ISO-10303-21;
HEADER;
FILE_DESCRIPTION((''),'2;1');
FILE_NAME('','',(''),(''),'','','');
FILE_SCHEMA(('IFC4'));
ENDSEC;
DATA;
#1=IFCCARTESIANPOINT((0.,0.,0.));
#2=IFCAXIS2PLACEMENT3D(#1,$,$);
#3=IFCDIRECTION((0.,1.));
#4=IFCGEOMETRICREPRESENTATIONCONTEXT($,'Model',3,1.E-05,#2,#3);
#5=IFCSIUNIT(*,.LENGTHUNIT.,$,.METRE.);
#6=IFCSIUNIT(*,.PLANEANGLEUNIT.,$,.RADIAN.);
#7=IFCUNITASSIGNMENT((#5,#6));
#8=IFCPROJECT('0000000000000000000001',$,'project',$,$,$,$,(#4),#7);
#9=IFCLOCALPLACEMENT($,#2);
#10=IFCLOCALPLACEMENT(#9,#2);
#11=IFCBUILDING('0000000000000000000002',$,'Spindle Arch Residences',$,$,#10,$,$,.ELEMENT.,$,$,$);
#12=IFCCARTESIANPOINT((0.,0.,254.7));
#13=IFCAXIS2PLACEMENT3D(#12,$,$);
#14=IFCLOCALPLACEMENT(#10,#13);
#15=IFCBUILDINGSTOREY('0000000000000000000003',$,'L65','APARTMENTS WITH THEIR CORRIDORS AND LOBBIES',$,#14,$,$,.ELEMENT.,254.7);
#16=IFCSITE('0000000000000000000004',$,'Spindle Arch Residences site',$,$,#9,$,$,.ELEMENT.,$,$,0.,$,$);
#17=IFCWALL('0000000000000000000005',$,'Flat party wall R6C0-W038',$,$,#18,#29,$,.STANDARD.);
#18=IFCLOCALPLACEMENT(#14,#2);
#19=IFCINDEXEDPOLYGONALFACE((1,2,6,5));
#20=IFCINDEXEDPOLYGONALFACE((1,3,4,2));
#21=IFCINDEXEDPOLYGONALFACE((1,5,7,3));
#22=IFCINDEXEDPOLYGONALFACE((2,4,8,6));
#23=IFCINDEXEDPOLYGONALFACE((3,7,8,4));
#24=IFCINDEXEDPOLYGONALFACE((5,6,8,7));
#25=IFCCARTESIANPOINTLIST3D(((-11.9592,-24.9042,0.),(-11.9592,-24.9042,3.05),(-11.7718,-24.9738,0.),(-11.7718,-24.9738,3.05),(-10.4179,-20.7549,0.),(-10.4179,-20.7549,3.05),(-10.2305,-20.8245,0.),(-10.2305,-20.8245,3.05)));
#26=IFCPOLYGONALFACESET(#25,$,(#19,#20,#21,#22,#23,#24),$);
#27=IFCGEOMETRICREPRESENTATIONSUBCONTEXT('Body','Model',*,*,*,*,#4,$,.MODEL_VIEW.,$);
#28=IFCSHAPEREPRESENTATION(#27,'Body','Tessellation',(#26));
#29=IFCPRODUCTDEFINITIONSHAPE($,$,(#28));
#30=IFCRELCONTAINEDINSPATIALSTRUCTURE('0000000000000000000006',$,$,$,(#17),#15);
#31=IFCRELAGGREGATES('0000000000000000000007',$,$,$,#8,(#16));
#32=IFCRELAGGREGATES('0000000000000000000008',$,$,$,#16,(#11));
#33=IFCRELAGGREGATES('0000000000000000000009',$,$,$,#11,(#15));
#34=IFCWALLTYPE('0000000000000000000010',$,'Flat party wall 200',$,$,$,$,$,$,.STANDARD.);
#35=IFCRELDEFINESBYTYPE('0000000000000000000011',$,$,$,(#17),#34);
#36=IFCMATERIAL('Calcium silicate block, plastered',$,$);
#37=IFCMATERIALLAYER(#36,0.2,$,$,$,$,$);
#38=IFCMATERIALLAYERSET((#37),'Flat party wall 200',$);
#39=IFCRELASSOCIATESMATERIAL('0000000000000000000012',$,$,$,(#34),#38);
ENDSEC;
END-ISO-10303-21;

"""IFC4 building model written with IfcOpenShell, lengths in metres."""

from ifc_helpers import new_model, si_unit, direction, frame, frame_2d, origin, place, context, subcontext, project, spatial, rectangle, extrude, material, layer, layer_set, type_object, element, save


model = new_model("IFC4")

# Units and contexts
model_context = context("Model", 3, precision=1e-05, world=origin(), true_north=direction((0.0, 1.0)))
body_context = subcontext(model_context, "Body", "Model", "MODEL_VIEW")
ifc_project = project(units=[si_unit("LENGTHUNIT", "METRE"), si_unit("PLANEANGLEUNIT", "RADIAN")], contexts=[model_context])

# Site, building, storey
site_placement = place(None, origin())
site = spatial("IfcSite", under=ifc_project, at=site_placement, Name="Spindle Arch Residences site", CompositionType="ELEMENT", RefElevation=0.0)
building_placement = place(site_placement, origin())
building = spatial("IfcBuilding", under=site, at=building_placement, Name="Spindle Arch Residences", CompositionType="ELEMENT")
storey_placement = place(building_placement, frame((0.0, 0.0, 254.7)))
storey = spatial("IfcBuildingStorey", under=building, at=storey_placement, Name="L65", Description="APARTMENTS WITH THEIR CORRIDORS AND LOBBIES", CompositionType="ELEMENT", Elevation=254.7)

# Wall
ifc_material_1 = material(Name="Calcium silicate block, plastered")
ifc_layer_1 = layer(ifc_material_1, 0.2)
ifc_layer_set_1 = layer_set([ifc_layer_1], Name="Flat party wall 200")
wall_type_1 = type_object("IfcWallType", Name="Flat party wall 200", PredefinedType="STANDARD", material=ifc_layer_set_1)
wall_1_placement = place(storey_placement, frame((-11.8655, -24.939, 0.0), z_axis=(0.0, 0.0, 1.0), x_axis=(0.348214, 0.937415, 0.0)))
element("IfcWall", 1, at=wall_1_placement, inside=storey, type_object=wall_type_1, Name="Flat party wall R6C0-W038", PredefinedType="STANDARD", context=body_context, shape_type="SweptSolid", body=[
    extrude(rectangle(XDim=4.4263, YDim=0.2, at=frame_2d((2.2131, 0.0))), origin(), (0.0, 0.0, 1.0), 3.05),
])

save(model, "model.ifc")
